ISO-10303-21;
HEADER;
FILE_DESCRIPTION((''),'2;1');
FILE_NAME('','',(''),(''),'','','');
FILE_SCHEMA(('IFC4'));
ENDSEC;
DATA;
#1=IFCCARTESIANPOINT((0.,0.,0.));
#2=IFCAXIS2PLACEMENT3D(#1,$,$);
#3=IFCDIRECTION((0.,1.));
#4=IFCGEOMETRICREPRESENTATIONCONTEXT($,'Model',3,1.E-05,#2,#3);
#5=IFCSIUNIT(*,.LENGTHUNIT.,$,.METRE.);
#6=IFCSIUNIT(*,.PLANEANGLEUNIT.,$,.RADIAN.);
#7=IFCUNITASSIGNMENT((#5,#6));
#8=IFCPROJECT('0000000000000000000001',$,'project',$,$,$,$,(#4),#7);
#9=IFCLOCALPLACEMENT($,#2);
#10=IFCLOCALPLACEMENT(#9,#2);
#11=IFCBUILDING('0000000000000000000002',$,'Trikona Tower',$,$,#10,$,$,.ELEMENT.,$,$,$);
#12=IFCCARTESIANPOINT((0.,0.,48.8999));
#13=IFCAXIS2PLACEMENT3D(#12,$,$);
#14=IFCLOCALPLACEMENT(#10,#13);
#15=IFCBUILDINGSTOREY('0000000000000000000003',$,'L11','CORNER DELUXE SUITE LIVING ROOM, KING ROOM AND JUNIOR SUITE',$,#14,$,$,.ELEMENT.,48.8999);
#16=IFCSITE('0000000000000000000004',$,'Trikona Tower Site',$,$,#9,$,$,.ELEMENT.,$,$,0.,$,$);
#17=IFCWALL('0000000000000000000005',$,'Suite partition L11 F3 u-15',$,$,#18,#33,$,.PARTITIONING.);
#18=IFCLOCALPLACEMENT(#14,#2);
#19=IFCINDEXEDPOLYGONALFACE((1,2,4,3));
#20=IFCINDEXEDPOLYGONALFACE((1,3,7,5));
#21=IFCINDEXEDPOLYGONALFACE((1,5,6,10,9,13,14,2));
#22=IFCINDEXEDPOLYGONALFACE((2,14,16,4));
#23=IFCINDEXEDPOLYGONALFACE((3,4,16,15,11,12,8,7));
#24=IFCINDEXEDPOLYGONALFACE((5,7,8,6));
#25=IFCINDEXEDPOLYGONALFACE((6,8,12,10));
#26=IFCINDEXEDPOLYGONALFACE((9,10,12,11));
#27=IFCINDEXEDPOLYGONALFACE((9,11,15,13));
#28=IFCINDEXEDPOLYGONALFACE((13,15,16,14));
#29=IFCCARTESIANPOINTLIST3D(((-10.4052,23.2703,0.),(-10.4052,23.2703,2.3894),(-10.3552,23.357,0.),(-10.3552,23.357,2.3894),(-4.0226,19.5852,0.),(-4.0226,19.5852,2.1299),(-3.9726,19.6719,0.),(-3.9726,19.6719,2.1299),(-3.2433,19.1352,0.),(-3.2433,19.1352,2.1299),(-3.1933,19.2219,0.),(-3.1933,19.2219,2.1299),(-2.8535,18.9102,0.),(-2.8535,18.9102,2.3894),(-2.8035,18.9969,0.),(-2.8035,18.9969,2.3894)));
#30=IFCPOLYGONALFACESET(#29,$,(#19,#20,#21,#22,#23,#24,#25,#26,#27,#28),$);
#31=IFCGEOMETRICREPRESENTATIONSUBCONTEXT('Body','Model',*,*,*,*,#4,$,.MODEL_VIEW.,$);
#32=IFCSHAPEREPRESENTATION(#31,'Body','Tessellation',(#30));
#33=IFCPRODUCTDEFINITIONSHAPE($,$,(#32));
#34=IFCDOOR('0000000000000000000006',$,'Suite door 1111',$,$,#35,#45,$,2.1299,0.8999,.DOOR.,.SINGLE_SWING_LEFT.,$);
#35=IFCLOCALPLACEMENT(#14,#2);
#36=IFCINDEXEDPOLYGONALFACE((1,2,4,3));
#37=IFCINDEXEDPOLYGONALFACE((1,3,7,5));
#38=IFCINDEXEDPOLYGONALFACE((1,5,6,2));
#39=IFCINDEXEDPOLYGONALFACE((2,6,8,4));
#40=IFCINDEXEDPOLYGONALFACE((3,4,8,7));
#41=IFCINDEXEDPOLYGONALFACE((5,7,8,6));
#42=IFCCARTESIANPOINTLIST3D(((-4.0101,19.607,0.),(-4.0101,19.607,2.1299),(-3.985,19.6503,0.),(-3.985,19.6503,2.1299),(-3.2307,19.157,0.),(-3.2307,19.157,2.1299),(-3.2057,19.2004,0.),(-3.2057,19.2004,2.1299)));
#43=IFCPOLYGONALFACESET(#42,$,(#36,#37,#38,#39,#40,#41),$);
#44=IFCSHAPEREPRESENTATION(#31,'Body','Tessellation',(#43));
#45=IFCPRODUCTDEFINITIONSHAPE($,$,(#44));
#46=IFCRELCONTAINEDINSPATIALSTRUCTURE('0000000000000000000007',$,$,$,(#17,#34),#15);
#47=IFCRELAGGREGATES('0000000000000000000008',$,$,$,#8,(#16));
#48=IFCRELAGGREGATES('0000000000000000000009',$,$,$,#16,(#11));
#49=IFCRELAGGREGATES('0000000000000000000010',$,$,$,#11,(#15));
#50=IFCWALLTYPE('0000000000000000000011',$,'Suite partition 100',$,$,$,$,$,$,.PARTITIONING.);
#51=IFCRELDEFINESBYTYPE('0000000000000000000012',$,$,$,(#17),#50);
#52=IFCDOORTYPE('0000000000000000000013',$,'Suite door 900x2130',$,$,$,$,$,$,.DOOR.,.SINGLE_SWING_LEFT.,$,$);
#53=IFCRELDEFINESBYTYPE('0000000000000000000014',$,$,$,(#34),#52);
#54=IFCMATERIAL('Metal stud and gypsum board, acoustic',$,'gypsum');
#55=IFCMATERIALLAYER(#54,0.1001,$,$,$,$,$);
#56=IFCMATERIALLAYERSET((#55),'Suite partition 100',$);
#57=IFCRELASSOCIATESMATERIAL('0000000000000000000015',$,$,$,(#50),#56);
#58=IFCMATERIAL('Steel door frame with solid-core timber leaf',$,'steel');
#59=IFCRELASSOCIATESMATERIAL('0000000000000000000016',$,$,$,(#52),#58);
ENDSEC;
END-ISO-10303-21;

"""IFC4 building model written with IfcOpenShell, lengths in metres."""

from ifc_helpers import new_model, si_unit, direction, frame, frame_2d, origin, place, context, subcontext, project, spatial, rectangle, extrude, material, layer, layer_set, type_object, element, fill, save


model = new_model("IFC4")

# Units and contexts
model_context = context("Model", 3, precision=1e-05, world=origin(), true_north=direction((0.0, 1.0)))
body_context = subcontext(model_context, "Body", "Model", "MODEL_VIEW")
ifc_project = project(units=[si_unit("LENGTHUNIT", "METRE"), si_unit("PLANEANGLEUNIT", "RADIAN")], contexts=[model_context])

# Site, building, storey
site_placement = place(None, origin())
site = spatial("IfcSite", under=ifc_project, at=site_placement, Name="Trikona Tower Site", CompositionType="ELEMENT", RefElevation=0.0)
building_placement = place(site_placement, origin())
building = spatial("IfcBuilding", under=site, at=building_placement, Name="Trikona Tower", CompositionType="ELEMENT")
storey_placement = place(building_placement, frame((0.0, 0.0, 48.8999)))
storey = spatial("IfcBuildingStorey", under=building, at=storey_placement, Name="L11", Description="CORNER DELUXE SUITE LIVING ROOM, KING ROOM AND JUNIOR SUITE", CompositionType="ELEMENT", Elevation=48.8999)

# Wall, opening, door
ifc_material_1 = material(Name="Metal stud and gypsum board, acoustic", Category="gypsum")
ifc_layer_1 = layer(ifc_material_1, 0.1001)
ifc_layer_set_1 = layer_set([ifc_layer_1], Name="Suite partition 100")
wall_type_1 = type_object("IfcWallType", Name="Suite partition 100", PredefinedType="PARTITIONING", material=ifc_layer_set_1)
wall_1_placement = place(storey_placement, frame((-2.8286, 18.9536, 0.0), z_axis=(0.0, 0.0, 1.0), x_axis=(-0.866021, 0.500008, 0.0)))
wall_1 = element("IfcWall", 1, at=wall_1_placement, inside=storey, type_object=wall_type_1, Name="Suite partition L11 F3 u-15", PredefinedType="PARTITIONING", context=body_context, shape_type="SweptSolid", body=[
    extrude(rectangle(XDim=8.72, YDim=0.1001, at=frame_2d((4.3599, 0.0))), origin(), (0.0, 0.0, 1.0), 2.3894),
])
opening_1_placement = place(wall_1_placement, frame((0.45, 0.0, 0.0)))
opening_1 = element("IfcOpeningElement", 2, at=opening_1_placement, cuts=wall_1, PredefinedType="OPENING", context=body_context, shape_type="SweptSolid", body=[
    extrude(rectangle(XDim=0.8999, YDim=2.1299, at=frame_2d((0.45, 1.0649))), frame((0.0, 0.0601, 0.0), z_axis=(0.0, -1.0, 0.0), x_axis=(1.0, 0.0, 0.0)), (0.0, 0.0, 1.0), 0.1201),
])
ifc_material_2 = material(Name="Steel door frame with solid-core timber leaf", Category="steel")
door_type_1 = type_object("IfcDoorType", Name="Suite door 900x2130", OperationType="SINGLE_SWING_LEFT", PredefinedType="DOOR", material=ifc_material_2)
door_1_placement = place(opening_1_placement, origin())
door_1 = element("IfcDoor", 3, at=door_1_placement, inside=storey, type_object=door_type_1, Name="Suite door 1111", OperationType="SINGLE_SWING_LEFT", OverallHeight=2.1299, OverallWidth=0.8999, PredefinedType="DOOR", context=body_context, shape_type="SweptSolid", body=[
    extrude(rectangle(XDim=0.8999, YDim=2.1299, at=frame_2d((0.45, 1.0649))), frame((0.0, 0.0249, 0.0), z_axis=(0.0, -1.0, 0.0), x_axis=(1.0, 0.0, 0.0)), (0.0, 0.0, 1.0), 0.05),
])
fill(opening_1, door_1)

save(model, "model.ifc")
